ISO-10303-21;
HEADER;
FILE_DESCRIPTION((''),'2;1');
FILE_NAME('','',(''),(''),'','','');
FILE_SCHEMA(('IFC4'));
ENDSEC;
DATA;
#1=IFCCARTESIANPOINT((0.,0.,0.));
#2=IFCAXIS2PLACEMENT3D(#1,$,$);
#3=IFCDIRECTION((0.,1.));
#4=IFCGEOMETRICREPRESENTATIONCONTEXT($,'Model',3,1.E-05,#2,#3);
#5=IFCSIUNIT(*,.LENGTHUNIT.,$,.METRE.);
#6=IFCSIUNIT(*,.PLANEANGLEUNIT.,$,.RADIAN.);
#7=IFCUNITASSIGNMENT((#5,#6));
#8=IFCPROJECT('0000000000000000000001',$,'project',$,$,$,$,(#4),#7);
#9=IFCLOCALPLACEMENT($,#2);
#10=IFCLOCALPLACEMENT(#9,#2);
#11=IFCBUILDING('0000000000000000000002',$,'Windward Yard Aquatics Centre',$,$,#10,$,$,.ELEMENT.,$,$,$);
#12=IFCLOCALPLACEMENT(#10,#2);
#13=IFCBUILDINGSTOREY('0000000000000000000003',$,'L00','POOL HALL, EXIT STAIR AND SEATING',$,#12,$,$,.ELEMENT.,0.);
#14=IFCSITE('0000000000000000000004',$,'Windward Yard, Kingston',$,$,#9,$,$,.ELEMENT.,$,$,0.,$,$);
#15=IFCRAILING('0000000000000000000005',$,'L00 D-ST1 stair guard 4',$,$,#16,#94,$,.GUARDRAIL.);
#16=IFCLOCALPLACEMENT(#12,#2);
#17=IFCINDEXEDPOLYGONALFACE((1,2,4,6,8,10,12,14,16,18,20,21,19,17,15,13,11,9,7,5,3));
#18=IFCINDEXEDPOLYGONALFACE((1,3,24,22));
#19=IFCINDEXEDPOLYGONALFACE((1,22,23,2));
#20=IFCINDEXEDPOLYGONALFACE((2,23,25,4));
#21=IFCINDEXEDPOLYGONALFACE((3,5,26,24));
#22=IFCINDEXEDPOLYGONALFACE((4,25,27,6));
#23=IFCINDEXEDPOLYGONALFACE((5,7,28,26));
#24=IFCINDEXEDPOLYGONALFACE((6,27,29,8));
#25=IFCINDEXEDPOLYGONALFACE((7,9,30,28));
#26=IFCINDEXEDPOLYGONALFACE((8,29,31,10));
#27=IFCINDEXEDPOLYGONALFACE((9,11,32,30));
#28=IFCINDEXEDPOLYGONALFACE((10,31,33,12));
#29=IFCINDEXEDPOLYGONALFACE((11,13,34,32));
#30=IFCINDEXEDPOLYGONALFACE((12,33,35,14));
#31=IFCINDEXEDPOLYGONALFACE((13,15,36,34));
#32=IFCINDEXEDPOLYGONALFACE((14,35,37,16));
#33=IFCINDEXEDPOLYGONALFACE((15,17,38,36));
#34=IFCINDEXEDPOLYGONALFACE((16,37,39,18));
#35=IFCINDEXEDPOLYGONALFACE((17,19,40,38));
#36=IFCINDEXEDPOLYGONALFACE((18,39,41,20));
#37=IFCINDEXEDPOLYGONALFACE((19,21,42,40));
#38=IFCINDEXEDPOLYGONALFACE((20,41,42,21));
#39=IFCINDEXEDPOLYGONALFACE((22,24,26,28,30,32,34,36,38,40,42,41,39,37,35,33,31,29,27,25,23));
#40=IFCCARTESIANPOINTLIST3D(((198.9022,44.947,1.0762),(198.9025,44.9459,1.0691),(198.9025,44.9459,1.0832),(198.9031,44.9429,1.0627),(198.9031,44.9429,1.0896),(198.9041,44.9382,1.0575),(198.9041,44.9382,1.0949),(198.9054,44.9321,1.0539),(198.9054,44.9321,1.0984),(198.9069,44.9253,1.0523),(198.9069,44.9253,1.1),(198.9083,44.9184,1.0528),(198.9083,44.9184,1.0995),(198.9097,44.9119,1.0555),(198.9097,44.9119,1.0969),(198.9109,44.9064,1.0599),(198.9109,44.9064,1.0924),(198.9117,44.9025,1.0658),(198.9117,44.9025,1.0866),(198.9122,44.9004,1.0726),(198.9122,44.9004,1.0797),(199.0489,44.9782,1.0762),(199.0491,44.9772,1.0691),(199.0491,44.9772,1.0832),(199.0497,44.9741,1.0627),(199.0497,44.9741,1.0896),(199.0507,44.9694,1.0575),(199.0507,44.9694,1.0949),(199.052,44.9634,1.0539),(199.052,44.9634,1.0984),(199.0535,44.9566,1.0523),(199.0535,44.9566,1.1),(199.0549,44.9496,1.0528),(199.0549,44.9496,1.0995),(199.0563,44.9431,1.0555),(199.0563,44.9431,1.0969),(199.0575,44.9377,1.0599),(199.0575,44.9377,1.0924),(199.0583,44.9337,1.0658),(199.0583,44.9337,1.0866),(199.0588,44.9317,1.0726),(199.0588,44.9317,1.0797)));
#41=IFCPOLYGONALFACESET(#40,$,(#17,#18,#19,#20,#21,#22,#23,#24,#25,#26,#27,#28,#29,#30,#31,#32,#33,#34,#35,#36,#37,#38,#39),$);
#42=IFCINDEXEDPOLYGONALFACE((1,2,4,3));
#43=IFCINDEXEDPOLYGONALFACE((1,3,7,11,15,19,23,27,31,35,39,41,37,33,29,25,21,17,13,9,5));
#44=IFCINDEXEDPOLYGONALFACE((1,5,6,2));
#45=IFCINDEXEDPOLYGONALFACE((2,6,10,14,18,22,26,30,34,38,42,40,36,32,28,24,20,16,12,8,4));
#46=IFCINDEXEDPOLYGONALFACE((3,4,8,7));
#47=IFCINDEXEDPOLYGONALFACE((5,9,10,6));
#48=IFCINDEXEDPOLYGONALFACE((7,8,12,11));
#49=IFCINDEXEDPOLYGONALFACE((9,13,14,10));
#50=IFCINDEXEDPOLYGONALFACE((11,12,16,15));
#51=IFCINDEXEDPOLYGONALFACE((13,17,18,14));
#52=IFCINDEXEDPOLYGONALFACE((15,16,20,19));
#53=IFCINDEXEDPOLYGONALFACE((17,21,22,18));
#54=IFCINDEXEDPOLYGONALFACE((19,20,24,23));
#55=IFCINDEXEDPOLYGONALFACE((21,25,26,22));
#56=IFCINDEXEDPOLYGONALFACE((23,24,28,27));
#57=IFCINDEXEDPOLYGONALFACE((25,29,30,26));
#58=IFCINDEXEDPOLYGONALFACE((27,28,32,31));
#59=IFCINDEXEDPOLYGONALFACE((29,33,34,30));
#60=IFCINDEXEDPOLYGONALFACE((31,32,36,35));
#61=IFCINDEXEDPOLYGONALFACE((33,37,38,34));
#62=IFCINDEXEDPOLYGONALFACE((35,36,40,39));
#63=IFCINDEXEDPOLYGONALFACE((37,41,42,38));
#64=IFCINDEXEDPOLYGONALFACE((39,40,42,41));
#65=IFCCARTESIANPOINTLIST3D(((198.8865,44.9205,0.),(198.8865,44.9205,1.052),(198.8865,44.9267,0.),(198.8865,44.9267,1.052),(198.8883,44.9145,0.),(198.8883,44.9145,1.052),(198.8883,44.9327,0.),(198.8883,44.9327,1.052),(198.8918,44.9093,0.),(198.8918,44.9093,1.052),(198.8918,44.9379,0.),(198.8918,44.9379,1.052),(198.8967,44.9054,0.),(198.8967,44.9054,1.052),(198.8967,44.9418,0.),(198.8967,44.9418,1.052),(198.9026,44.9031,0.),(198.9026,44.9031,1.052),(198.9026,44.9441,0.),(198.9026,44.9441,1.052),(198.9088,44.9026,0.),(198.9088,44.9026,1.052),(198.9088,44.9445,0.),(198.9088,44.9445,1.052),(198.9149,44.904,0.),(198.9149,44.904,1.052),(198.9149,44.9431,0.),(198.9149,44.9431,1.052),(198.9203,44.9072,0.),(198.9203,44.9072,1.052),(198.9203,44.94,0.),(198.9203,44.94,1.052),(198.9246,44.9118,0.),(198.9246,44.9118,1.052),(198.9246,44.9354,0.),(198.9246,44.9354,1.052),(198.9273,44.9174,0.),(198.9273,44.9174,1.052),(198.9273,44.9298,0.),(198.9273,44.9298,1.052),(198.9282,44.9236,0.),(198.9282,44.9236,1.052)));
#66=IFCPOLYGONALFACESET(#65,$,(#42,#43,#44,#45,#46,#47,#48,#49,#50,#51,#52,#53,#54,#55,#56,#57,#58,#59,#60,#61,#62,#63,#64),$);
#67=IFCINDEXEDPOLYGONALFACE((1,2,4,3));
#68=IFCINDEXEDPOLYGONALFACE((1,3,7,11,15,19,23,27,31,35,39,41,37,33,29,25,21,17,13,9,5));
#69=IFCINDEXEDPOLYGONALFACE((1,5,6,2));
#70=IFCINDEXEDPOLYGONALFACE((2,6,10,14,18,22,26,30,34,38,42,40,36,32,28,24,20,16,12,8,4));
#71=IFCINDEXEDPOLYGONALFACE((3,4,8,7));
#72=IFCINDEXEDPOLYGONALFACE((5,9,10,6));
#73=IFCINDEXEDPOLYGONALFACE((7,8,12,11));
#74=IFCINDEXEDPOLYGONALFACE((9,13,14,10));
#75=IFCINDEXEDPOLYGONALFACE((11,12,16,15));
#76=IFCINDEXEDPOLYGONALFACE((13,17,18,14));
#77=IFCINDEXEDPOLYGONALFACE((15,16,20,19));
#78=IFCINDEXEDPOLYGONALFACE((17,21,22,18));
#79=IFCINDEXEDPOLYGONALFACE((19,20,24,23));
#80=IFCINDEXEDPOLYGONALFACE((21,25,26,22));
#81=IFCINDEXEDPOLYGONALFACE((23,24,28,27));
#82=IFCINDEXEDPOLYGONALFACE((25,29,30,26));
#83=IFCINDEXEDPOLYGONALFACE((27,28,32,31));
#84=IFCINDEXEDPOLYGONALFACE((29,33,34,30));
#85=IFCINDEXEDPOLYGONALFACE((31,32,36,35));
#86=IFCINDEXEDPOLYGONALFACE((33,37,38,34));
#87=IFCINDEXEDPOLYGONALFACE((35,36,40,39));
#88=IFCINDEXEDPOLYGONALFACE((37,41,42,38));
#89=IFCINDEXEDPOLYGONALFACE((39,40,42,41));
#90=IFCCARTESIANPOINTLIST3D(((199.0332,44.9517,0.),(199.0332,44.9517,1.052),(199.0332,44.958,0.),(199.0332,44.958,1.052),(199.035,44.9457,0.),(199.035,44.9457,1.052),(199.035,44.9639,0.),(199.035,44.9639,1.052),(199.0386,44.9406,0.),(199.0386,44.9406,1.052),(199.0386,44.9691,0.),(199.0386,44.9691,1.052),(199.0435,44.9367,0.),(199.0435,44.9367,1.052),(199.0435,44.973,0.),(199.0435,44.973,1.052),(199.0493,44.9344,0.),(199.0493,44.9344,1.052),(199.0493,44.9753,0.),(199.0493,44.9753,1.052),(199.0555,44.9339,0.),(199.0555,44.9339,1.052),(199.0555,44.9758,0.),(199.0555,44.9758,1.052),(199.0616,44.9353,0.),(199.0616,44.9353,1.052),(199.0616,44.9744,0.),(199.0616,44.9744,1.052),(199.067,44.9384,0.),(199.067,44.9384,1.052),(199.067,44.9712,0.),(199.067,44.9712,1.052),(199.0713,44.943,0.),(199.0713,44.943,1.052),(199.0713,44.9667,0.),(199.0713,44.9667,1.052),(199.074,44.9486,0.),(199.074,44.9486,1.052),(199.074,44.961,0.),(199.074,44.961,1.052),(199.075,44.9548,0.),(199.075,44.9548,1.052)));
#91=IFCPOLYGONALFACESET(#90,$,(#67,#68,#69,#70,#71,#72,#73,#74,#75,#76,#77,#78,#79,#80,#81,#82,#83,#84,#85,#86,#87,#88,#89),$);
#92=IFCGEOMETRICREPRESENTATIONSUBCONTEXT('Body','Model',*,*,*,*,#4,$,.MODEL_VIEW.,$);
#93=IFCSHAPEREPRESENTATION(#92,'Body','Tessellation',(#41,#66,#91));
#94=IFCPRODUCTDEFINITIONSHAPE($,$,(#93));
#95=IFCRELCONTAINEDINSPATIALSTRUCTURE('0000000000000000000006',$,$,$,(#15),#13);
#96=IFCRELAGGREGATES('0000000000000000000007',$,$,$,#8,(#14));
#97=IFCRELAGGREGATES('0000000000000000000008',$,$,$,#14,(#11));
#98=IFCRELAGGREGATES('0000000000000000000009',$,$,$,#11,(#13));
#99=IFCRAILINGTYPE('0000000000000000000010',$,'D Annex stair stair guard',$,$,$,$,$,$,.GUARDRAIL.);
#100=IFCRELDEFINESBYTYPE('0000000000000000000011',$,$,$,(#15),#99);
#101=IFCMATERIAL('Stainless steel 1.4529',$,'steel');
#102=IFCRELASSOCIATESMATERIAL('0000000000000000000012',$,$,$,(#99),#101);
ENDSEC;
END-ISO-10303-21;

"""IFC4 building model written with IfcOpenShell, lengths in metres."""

from ifc_helpers import new_model, si_unit, direction, frame, origin, origin_2d, place, context, subcontext, project, spatial, circle, extrude, material, type_object, element, save


model = new_model("IFC4")

# Units and contexts
model_context = context("Model", 3, precision=1e-05, world=origin(), true_north=direction((0.0, 1.0)))
body_context = subcontext(model_context, "Body", "Model", "MODEL_VIEW")
ifc_project = project(units=[si_unit("LENGTHUNIT", "METRE"), si_unit("PLANEANGLEUNIT", "RADIAN")], contexts=[model_context])

# Site, building, storey
site_placement = place(None, origin())
site = spatial("IfcSite", under=ifc_project, at=site_placement, Name="Windward Yard, Kingston", CompositionType="ELEMENT", RefElevation=0.0)
building_placement = place(site_placement, origin())
building = spatial("IfcBuilding", under=site, at=building_placement, Name="Windward Yard Aquatics Centre", CompositionType="ELEMENT")
storey_placement = place(building_placement, origin())
storey = spatial("IfcBuildingStorey", under=building, at=storey_placement, Name="L00", Description="POOL HALL, EXIT STAIR AND SEATING", CompositionType="ELEMENT", Elevation=0.0)

# Railing
ifc_material_1 = material(Name="Stainless steel 1.4529", Category="steel")
railing_type = type_object("IfcRailingType", Name="D Annex stair stair guard", PredefinedType="GUARDRAIL", material=ifc_material_1)
railing_1_placement = place(storey_placement, frame((198.9072, 44.9236, 0.0)))
element("IfcRailing", 1, at=railing_1_placement, inside=storey, type_object=railing_type, Name="L00 D-ST1 stair guard 4", PredefinedType="GUARDRAIL", context=body_context, shape_type="SweptSolid", body=[
    extrude(circle(Radius=0.0239, at=origin_2d()), frame((0.0, 0.0, 1.0762), z_axis=(0.978064, 0.208306, 0.0), x_axis=(-0.208306, 0.978064, 0.0)), (0.0, 0.0, 1.0), 0.1499),
    extrude(circle(Radius=0.021, at=origin_2d()), origin(), (0.0, 0.0, 1.0), 1.052),
    extrude(circle(Radius=0.021, at=origin_2d()), frame((0.1467, 0.0312, 0.0)), (0.0, 0.0, 1.0), 1.052),
])

save(model, "model.ifc")
